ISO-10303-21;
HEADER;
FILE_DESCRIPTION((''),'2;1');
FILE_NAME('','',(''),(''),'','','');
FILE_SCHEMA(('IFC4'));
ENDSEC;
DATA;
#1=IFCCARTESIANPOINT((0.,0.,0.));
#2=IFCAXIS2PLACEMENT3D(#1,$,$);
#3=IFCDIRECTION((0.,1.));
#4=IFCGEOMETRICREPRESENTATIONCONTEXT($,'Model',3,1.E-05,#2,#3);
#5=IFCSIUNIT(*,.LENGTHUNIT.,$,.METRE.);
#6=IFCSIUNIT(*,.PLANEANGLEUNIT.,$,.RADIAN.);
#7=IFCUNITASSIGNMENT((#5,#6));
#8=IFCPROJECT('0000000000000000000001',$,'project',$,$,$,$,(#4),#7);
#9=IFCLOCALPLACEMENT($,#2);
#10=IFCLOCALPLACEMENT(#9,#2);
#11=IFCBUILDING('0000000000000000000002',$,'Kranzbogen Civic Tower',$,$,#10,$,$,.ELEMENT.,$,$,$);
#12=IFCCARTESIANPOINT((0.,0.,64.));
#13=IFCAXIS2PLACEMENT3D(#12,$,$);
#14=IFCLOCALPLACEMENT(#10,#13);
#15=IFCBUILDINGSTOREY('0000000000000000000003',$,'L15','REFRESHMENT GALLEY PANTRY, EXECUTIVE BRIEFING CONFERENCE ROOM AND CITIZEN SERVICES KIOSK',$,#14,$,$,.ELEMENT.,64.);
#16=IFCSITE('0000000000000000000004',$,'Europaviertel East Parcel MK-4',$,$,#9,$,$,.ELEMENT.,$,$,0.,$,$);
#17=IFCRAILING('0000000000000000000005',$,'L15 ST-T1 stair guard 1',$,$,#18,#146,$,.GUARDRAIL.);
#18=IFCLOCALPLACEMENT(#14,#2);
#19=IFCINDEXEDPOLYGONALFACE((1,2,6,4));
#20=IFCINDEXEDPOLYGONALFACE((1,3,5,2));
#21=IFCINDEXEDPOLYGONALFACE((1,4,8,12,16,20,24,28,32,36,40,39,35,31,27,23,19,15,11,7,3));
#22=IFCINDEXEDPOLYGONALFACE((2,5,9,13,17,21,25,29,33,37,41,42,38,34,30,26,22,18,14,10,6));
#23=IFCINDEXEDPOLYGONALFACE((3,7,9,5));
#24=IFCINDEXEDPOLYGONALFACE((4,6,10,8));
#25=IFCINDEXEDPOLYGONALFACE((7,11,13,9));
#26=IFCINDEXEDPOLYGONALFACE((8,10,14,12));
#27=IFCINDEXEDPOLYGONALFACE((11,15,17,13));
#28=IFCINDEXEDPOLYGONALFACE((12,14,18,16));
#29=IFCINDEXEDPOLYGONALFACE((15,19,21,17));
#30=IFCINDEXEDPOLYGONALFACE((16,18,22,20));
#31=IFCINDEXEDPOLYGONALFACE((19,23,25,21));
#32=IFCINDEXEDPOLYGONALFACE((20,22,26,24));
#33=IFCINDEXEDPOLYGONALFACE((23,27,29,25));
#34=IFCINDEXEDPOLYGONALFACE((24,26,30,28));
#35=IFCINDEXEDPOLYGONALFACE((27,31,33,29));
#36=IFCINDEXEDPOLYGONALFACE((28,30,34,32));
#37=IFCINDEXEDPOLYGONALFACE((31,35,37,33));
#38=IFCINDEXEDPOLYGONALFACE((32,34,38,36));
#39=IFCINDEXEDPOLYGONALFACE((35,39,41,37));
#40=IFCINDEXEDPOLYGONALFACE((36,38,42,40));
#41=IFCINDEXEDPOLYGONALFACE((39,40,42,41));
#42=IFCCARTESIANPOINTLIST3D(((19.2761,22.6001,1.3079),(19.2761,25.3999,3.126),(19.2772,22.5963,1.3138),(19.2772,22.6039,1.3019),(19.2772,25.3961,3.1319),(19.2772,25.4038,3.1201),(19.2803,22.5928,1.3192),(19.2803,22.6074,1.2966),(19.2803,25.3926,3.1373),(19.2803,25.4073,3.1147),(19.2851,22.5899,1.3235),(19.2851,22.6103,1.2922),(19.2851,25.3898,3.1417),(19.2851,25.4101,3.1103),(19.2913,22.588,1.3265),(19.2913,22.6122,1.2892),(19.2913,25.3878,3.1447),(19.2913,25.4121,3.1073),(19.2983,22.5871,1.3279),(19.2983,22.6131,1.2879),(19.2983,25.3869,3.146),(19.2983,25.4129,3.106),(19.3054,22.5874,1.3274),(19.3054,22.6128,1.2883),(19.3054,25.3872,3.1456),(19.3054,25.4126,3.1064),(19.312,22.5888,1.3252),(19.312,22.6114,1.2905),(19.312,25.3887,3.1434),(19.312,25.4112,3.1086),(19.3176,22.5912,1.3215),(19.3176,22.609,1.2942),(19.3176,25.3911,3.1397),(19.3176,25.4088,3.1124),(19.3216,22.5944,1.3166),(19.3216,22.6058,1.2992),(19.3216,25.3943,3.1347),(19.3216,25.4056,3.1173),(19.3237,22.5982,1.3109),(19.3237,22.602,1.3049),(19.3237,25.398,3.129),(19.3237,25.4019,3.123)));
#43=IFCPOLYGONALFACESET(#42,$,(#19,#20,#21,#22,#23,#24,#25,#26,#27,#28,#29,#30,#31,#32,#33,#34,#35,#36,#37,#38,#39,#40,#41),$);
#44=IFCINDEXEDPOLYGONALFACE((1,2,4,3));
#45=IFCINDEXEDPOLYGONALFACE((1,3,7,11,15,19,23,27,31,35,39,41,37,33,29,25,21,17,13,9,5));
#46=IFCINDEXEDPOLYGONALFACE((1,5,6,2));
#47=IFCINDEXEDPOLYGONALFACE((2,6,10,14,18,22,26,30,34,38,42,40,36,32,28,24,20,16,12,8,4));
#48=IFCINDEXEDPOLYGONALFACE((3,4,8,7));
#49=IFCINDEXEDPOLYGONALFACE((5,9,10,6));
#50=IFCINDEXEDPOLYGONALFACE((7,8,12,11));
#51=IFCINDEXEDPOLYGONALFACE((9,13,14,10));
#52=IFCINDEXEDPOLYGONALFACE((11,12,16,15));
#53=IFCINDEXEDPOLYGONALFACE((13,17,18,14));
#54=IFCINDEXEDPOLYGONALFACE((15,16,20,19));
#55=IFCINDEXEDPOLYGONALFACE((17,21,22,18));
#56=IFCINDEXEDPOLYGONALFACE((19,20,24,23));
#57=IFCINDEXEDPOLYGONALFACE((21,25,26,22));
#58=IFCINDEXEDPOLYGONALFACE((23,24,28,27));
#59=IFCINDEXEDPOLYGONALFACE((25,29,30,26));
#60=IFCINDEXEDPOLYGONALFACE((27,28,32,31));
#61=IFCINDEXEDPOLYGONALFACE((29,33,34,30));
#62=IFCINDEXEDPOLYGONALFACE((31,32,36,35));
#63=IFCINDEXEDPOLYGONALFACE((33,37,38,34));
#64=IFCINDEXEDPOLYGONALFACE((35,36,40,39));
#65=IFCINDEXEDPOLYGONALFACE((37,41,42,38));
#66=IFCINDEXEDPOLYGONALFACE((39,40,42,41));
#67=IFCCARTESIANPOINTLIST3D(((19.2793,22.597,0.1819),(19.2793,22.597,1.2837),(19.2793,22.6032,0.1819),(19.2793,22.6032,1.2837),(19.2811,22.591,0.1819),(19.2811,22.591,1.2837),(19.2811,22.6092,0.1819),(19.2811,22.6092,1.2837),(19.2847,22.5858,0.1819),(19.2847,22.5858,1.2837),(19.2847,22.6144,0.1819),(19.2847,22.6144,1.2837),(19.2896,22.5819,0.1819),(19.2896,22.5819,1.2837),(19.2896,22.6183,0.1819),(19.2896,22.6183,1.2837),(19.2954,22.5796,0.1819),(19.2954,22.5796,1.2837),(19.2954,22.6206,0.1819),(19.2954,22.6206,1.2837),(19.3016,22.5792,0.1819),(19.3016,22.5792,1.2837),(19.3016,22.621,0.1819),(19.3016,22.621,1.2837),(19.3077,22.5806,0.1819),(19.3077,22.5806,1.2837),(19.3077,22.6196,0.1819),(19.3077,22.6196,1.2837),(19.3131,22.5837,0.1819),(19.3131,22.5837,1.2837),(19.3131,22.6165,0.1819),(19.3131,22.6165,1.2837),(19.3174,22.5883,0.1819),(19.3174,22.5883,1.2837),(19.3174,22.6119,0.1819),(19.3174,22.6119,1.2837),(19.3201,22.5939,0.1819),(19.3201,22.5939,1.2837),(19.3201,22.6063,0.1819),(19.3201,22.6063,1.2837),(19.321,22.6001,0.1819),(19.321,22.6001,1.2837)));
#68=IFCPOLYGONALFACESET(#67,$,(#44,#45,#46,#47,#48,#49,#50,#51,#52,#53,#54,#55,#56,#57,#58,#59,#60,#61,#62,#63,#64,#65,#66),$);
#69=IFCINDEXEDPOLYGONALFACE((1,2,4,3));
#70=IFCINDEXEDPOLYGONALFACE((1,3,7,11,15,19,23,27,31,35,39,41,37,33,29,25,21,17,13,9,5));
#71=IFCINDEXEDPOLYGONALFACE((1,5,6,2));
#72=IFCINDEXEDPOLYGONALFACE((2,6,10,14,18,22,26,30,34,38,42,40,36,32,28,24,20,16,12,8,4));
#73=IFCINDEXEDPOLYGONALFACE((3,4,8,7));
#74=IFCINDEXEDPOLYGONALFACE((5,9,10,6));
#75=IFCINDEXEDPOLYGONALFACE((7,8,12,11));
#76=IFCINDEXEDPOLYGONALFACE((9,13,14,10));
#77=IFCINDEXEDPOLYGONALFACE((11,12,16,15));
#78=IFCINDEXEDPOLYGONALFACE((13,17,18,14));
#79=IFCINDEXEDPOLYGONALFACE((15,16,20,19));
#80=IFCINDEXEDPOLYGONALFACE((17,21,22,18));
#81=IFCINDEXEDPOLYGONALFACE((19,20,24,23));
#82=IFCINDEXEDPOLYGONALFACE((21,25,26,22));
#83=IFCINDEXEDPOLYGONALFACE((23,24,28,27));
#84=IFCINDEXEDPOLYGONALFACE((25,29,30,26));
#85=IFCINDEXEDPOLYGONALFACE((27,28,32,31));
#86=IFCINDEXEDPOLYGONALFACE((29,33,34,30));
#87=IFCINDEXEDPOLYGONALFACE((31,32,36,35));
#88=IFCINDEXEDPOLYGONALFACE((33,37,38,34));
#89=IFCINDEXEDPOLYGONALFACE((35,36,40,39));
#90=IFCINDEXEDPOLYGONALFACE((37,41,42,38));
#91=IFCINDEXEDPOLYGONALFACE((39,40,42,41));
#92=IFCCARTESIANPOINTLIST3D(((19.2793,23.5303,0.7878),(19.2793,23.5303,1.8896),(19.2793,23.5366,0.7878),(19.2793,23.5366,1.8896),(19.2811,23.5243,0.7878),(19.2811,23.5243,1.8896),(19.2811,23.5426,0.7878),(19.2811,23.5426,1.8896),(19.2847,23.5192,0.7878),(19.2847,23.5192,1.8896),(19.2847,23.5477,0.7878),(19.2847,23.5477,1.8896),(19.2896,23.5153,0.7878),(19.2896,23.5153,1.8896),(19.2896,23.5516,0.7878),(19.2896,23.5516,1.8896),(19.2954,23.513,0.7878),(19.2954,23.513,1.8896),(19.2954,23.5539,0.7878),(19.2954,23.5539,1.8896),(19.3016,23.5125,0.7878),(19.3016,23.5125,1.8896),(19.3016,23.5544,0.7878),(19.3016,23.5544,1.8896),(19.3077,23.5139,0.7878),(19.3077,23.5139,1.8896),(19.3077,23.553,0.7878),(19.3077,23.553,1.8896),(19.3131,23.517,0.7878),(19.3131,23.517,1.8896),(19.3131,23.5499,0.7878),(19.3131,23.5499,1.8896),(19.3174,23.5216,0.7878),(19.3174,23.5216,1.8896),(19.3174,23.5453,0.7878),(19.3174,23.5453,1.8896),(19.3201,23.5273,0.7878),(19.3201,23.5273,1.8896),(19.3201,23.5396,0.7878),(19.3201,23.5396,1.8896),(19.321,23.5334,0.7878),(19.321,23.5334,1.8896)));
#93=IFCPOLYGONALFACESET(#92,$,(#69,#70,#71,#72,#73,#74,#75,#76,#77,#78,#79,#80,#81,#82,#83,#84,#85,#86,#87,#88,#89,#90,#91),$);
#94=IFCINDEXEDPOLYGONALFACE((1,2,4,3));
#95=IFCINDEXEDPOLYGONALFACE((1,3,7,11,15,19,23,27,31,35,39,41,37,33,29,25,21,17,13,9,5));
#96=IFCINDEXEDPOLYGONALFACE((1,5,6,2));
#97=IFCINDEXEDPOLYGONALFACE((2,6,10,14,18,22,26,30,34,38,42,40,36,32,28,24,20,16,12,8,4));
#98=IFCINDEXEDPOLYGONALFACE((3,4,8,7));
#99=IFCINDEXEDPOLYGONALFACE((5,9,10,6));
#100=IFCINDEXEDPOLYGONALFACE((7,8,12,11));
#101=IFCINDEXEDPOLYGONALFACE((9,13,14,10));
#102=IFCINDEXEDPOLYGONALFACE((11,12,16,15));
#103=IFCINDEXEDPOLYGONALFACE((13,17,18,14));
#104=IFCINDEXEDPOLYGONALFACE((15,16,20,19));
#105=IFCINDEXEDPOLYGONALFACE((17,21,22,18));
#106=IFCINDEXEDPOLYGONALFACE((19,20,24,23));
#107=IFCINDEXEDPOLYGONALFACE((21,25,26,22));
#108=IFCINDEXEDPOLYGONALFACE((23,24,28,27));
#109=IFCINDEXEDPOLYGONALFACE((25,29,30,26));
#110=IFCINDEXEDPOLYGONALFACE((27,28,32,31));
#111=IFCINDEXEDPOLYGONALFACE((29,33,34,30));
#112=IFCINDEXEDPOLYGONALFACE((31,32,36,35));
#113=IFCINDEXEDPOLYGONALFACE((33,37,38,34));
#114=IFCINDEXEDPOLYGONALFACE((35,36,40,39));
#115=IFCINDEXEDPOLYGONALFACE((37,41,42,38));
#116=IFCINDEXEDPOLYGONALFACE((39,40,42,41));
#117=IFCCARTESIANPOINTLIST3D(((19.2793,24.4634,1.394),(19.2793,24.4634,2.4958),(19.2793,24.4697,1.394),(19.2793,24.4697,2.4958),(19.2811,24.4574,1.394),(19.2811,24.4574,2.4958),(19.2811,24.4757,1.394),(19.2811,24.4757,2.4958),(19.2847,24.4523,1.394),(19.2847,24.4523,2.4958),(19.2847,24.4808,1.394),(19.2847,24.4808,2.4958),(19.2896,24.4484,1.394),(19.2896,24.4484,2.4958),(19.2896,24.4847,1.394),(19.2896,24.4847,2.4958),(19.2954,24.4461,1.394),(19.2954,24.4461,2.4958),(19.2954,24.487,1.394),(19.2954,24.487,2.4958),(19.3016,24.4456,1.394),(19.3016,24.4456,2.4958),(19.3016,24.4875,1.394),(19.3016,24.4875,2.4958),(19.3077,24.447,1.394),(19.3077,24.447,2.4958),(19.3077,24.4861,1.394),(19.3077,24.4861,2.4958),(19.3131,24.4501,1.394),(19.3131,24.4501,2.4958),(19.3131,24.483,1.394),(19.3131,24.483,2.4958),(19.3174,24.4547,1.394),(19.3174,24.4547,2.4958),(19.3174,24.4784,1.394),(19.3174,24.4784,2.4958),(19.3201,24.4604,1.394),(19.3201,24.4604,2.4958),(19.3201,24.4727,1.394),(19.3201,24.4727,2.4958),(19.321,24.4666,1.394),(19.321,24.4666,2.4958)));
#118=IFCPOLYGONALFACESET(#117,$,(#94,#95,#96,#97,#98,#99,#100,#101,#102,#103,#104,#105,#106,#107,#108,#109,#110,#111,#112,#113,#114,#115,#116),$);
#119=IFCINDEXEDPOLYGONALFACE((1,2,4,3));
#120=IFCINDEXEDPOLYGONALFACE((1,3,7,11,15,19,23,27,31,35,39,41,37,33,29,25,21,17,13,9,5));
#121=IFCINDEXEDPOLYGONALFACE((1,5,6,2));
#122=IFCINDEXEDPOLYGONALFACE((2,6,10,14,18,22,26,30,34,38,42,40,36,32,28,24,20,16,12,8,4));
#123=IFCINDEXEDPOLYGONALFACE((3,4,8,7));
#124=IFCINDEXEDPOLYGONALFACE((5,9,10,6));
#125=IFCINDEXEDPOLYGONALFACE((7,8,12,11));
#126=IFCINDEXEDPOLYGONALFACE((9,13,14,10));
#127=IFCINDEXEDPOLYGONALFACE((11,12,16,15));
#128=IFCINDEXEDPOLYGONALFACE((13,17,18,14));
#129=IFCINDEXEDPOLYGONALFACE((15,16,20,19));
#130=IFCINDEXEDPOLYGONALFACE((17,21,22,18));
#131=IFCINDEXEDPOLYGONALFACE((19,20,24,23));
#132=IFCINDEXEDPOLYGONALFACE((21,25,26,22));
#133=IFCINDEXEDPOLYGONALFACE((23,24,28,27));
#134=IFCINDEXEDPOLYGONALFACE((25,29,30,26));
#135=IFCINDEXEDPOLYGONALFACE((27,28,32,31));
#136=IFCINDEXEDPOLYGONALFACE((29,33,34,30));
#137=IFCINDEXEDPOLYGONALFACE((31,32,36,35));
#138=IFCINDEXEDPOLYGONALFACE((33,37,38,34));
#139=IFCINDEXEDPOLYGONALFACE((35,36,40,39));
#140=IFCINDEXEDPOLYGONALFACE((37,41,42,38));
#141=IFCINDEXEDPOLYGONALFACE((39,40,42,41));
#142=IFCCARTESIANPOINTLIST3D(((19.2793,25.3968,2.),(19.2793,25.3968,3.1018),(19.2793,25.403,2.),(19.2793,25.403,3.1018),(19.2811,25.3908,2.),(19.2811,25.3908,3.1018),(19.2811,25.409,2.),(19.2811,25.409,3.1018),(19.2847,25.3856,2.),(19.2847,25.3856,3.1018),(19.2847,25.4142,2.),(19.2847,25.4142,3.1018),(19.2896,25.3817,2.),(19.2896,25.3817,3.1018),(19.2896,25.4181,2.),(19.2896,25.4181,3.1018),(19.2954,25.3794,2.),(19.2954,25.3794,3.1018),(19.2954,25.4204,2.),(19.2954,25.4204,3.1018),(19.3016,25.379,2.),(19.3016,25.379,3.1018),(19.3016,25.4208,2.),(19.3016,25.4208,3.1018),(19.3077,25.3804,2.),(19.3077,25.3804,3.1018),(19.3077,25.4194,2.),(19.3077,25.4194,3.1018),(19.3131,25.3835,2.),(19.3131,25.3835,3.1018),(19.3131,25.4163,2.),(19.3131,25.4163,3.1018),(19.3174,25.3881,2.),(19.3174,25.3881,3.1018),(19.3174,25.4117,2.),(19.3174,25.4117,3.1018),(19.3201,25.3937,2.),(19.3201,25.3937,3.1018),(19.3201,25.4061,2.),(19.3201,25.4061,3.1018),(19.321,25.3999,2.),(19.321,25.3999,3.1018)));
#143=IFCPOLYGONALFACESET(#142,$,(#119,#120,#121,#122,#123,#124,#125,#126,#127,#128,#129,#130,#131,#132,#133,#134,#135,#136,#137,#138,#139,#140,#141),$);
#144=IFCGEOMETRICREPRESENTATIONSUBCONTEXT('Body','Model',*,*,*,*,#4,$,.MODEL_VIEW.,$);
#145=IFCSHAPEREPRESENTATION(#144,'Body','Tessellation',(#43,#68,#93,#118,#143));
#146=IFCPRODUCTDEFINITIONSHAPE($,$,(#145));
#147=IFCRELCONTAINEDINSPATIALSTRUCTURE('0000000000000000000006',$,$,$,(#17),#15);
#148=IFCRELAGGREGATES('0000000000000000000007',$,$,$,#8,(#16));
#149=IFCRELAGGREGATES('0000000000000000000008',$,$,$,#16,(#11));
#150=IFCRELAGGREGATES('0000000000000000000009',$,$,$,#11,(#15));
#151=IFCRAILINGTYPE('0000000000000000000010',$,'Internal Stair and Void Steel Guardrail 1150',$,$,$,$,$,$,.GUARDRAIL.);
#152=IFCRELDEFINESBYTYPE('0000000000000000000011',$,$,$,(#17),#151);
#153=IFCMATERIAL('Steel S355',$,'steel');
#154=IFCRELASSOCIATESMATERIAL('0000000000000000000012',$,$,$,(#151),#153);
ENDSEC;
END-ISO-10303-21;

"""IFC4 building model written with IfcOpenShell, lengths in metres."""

from ifc_helpers import new_model, si_unit, direction, frame, origin, origin_2d, place, context, subcontext, project, spatial, circle, extrude, material, type_object, element, save


model = new_model("IFC4")

# Units and contexts
model_context = context("Model", 3, precision=1e-05, world=origin(), true_north=direction((0.0, 1.0)))
body_context = subcontext(model_context, "Body", "Model", "MODEL_VIEW")
ifc_project = project(units=[si_unit("LENGTHUNIT", "METRE"), si_unit("PLANEANGLEUNIT", "RADIAN")], contexts=[model_context])

# Site, building, storey
site_placement = place(None, origin())
site = spatial("IfcSite", under=ifc_project, at=site_placement, Name="Europaviertel East Parcel MK-4", CompositionType="ELEMENT", RefElevation=0.0)
building_placement = place(site_placement, origin())
building = spatial("IfcBuilding", under=site, at=building_placement, Name="Kranzbogen Civic Tower", CompositionType="ELEMENT")
storey_placement = place(building_placement, frame((0.0, 0.0, 64.0)))
storey = spatial("IfcBuildingStorey", under=building, at=storey_placement, Name="L15", Description="REFRESHMENT GALLEY PANTRY, EXECUTIVE BRIEFING CONFERENCE ROOM AND CITIZEN SERVICES KIOSK", CompositionType="ELEMENT", Elevation=64.0)

# Shared definitions
ifc_material_1 = material(Name="Steel S355", Category="steel")

# Railing
railing_type_1 = type_object("IfcRailingType", Name="Internal Stair and Void Steel Guardrail 1150", PredefinedType="GUARDRAIL", material=ifc_material_1)
railing_1_placement = place(storey_placement, frame((19.3, 22.6001, 0.1819)))
element("IfcRailing", 1, at=railing_1_placement, inside=storey, type_object=railing_type_1, Name="L15 ST-T1 stair guard 1", PredefinedType="GUARDRAIL", context=body_context, shape_type="SweptSolid", body=[
    extrude(circle(Radius=0.0239, at=origin_2d()), frame((0.0, 0.0, 1.126), z_axis=(0.0, 0.838684, 0.544618), x_axis=(-1.0, 0.0, 0.0)), (0.0, 0.0, 1.0), 3.3384),
    extrude(circle(Radius=0.021, at=origin_2d()), origin(), (0.0, 0.0, 1.0), 1.1018),
    extrude(circle(Radius=0.021, at=origin_2d()), frame((0.0, 0.9333, 0.606)), (0.0, 0.0, 1.0), 1.1018),
    extrude(circle(Radius=0.021, at=origin_2d()), frame((0.0, 1.8665, 1.2122)), (0.0, 0.0, 1.0), 1.1018),
    extrude(circle(Radius=0.021, at=origin_2d()), frame((0.0, 2.7998, 1.8181)), (0.0, 0.0, 1.0), 1.1018),
])

save(model, "model.ifc")
